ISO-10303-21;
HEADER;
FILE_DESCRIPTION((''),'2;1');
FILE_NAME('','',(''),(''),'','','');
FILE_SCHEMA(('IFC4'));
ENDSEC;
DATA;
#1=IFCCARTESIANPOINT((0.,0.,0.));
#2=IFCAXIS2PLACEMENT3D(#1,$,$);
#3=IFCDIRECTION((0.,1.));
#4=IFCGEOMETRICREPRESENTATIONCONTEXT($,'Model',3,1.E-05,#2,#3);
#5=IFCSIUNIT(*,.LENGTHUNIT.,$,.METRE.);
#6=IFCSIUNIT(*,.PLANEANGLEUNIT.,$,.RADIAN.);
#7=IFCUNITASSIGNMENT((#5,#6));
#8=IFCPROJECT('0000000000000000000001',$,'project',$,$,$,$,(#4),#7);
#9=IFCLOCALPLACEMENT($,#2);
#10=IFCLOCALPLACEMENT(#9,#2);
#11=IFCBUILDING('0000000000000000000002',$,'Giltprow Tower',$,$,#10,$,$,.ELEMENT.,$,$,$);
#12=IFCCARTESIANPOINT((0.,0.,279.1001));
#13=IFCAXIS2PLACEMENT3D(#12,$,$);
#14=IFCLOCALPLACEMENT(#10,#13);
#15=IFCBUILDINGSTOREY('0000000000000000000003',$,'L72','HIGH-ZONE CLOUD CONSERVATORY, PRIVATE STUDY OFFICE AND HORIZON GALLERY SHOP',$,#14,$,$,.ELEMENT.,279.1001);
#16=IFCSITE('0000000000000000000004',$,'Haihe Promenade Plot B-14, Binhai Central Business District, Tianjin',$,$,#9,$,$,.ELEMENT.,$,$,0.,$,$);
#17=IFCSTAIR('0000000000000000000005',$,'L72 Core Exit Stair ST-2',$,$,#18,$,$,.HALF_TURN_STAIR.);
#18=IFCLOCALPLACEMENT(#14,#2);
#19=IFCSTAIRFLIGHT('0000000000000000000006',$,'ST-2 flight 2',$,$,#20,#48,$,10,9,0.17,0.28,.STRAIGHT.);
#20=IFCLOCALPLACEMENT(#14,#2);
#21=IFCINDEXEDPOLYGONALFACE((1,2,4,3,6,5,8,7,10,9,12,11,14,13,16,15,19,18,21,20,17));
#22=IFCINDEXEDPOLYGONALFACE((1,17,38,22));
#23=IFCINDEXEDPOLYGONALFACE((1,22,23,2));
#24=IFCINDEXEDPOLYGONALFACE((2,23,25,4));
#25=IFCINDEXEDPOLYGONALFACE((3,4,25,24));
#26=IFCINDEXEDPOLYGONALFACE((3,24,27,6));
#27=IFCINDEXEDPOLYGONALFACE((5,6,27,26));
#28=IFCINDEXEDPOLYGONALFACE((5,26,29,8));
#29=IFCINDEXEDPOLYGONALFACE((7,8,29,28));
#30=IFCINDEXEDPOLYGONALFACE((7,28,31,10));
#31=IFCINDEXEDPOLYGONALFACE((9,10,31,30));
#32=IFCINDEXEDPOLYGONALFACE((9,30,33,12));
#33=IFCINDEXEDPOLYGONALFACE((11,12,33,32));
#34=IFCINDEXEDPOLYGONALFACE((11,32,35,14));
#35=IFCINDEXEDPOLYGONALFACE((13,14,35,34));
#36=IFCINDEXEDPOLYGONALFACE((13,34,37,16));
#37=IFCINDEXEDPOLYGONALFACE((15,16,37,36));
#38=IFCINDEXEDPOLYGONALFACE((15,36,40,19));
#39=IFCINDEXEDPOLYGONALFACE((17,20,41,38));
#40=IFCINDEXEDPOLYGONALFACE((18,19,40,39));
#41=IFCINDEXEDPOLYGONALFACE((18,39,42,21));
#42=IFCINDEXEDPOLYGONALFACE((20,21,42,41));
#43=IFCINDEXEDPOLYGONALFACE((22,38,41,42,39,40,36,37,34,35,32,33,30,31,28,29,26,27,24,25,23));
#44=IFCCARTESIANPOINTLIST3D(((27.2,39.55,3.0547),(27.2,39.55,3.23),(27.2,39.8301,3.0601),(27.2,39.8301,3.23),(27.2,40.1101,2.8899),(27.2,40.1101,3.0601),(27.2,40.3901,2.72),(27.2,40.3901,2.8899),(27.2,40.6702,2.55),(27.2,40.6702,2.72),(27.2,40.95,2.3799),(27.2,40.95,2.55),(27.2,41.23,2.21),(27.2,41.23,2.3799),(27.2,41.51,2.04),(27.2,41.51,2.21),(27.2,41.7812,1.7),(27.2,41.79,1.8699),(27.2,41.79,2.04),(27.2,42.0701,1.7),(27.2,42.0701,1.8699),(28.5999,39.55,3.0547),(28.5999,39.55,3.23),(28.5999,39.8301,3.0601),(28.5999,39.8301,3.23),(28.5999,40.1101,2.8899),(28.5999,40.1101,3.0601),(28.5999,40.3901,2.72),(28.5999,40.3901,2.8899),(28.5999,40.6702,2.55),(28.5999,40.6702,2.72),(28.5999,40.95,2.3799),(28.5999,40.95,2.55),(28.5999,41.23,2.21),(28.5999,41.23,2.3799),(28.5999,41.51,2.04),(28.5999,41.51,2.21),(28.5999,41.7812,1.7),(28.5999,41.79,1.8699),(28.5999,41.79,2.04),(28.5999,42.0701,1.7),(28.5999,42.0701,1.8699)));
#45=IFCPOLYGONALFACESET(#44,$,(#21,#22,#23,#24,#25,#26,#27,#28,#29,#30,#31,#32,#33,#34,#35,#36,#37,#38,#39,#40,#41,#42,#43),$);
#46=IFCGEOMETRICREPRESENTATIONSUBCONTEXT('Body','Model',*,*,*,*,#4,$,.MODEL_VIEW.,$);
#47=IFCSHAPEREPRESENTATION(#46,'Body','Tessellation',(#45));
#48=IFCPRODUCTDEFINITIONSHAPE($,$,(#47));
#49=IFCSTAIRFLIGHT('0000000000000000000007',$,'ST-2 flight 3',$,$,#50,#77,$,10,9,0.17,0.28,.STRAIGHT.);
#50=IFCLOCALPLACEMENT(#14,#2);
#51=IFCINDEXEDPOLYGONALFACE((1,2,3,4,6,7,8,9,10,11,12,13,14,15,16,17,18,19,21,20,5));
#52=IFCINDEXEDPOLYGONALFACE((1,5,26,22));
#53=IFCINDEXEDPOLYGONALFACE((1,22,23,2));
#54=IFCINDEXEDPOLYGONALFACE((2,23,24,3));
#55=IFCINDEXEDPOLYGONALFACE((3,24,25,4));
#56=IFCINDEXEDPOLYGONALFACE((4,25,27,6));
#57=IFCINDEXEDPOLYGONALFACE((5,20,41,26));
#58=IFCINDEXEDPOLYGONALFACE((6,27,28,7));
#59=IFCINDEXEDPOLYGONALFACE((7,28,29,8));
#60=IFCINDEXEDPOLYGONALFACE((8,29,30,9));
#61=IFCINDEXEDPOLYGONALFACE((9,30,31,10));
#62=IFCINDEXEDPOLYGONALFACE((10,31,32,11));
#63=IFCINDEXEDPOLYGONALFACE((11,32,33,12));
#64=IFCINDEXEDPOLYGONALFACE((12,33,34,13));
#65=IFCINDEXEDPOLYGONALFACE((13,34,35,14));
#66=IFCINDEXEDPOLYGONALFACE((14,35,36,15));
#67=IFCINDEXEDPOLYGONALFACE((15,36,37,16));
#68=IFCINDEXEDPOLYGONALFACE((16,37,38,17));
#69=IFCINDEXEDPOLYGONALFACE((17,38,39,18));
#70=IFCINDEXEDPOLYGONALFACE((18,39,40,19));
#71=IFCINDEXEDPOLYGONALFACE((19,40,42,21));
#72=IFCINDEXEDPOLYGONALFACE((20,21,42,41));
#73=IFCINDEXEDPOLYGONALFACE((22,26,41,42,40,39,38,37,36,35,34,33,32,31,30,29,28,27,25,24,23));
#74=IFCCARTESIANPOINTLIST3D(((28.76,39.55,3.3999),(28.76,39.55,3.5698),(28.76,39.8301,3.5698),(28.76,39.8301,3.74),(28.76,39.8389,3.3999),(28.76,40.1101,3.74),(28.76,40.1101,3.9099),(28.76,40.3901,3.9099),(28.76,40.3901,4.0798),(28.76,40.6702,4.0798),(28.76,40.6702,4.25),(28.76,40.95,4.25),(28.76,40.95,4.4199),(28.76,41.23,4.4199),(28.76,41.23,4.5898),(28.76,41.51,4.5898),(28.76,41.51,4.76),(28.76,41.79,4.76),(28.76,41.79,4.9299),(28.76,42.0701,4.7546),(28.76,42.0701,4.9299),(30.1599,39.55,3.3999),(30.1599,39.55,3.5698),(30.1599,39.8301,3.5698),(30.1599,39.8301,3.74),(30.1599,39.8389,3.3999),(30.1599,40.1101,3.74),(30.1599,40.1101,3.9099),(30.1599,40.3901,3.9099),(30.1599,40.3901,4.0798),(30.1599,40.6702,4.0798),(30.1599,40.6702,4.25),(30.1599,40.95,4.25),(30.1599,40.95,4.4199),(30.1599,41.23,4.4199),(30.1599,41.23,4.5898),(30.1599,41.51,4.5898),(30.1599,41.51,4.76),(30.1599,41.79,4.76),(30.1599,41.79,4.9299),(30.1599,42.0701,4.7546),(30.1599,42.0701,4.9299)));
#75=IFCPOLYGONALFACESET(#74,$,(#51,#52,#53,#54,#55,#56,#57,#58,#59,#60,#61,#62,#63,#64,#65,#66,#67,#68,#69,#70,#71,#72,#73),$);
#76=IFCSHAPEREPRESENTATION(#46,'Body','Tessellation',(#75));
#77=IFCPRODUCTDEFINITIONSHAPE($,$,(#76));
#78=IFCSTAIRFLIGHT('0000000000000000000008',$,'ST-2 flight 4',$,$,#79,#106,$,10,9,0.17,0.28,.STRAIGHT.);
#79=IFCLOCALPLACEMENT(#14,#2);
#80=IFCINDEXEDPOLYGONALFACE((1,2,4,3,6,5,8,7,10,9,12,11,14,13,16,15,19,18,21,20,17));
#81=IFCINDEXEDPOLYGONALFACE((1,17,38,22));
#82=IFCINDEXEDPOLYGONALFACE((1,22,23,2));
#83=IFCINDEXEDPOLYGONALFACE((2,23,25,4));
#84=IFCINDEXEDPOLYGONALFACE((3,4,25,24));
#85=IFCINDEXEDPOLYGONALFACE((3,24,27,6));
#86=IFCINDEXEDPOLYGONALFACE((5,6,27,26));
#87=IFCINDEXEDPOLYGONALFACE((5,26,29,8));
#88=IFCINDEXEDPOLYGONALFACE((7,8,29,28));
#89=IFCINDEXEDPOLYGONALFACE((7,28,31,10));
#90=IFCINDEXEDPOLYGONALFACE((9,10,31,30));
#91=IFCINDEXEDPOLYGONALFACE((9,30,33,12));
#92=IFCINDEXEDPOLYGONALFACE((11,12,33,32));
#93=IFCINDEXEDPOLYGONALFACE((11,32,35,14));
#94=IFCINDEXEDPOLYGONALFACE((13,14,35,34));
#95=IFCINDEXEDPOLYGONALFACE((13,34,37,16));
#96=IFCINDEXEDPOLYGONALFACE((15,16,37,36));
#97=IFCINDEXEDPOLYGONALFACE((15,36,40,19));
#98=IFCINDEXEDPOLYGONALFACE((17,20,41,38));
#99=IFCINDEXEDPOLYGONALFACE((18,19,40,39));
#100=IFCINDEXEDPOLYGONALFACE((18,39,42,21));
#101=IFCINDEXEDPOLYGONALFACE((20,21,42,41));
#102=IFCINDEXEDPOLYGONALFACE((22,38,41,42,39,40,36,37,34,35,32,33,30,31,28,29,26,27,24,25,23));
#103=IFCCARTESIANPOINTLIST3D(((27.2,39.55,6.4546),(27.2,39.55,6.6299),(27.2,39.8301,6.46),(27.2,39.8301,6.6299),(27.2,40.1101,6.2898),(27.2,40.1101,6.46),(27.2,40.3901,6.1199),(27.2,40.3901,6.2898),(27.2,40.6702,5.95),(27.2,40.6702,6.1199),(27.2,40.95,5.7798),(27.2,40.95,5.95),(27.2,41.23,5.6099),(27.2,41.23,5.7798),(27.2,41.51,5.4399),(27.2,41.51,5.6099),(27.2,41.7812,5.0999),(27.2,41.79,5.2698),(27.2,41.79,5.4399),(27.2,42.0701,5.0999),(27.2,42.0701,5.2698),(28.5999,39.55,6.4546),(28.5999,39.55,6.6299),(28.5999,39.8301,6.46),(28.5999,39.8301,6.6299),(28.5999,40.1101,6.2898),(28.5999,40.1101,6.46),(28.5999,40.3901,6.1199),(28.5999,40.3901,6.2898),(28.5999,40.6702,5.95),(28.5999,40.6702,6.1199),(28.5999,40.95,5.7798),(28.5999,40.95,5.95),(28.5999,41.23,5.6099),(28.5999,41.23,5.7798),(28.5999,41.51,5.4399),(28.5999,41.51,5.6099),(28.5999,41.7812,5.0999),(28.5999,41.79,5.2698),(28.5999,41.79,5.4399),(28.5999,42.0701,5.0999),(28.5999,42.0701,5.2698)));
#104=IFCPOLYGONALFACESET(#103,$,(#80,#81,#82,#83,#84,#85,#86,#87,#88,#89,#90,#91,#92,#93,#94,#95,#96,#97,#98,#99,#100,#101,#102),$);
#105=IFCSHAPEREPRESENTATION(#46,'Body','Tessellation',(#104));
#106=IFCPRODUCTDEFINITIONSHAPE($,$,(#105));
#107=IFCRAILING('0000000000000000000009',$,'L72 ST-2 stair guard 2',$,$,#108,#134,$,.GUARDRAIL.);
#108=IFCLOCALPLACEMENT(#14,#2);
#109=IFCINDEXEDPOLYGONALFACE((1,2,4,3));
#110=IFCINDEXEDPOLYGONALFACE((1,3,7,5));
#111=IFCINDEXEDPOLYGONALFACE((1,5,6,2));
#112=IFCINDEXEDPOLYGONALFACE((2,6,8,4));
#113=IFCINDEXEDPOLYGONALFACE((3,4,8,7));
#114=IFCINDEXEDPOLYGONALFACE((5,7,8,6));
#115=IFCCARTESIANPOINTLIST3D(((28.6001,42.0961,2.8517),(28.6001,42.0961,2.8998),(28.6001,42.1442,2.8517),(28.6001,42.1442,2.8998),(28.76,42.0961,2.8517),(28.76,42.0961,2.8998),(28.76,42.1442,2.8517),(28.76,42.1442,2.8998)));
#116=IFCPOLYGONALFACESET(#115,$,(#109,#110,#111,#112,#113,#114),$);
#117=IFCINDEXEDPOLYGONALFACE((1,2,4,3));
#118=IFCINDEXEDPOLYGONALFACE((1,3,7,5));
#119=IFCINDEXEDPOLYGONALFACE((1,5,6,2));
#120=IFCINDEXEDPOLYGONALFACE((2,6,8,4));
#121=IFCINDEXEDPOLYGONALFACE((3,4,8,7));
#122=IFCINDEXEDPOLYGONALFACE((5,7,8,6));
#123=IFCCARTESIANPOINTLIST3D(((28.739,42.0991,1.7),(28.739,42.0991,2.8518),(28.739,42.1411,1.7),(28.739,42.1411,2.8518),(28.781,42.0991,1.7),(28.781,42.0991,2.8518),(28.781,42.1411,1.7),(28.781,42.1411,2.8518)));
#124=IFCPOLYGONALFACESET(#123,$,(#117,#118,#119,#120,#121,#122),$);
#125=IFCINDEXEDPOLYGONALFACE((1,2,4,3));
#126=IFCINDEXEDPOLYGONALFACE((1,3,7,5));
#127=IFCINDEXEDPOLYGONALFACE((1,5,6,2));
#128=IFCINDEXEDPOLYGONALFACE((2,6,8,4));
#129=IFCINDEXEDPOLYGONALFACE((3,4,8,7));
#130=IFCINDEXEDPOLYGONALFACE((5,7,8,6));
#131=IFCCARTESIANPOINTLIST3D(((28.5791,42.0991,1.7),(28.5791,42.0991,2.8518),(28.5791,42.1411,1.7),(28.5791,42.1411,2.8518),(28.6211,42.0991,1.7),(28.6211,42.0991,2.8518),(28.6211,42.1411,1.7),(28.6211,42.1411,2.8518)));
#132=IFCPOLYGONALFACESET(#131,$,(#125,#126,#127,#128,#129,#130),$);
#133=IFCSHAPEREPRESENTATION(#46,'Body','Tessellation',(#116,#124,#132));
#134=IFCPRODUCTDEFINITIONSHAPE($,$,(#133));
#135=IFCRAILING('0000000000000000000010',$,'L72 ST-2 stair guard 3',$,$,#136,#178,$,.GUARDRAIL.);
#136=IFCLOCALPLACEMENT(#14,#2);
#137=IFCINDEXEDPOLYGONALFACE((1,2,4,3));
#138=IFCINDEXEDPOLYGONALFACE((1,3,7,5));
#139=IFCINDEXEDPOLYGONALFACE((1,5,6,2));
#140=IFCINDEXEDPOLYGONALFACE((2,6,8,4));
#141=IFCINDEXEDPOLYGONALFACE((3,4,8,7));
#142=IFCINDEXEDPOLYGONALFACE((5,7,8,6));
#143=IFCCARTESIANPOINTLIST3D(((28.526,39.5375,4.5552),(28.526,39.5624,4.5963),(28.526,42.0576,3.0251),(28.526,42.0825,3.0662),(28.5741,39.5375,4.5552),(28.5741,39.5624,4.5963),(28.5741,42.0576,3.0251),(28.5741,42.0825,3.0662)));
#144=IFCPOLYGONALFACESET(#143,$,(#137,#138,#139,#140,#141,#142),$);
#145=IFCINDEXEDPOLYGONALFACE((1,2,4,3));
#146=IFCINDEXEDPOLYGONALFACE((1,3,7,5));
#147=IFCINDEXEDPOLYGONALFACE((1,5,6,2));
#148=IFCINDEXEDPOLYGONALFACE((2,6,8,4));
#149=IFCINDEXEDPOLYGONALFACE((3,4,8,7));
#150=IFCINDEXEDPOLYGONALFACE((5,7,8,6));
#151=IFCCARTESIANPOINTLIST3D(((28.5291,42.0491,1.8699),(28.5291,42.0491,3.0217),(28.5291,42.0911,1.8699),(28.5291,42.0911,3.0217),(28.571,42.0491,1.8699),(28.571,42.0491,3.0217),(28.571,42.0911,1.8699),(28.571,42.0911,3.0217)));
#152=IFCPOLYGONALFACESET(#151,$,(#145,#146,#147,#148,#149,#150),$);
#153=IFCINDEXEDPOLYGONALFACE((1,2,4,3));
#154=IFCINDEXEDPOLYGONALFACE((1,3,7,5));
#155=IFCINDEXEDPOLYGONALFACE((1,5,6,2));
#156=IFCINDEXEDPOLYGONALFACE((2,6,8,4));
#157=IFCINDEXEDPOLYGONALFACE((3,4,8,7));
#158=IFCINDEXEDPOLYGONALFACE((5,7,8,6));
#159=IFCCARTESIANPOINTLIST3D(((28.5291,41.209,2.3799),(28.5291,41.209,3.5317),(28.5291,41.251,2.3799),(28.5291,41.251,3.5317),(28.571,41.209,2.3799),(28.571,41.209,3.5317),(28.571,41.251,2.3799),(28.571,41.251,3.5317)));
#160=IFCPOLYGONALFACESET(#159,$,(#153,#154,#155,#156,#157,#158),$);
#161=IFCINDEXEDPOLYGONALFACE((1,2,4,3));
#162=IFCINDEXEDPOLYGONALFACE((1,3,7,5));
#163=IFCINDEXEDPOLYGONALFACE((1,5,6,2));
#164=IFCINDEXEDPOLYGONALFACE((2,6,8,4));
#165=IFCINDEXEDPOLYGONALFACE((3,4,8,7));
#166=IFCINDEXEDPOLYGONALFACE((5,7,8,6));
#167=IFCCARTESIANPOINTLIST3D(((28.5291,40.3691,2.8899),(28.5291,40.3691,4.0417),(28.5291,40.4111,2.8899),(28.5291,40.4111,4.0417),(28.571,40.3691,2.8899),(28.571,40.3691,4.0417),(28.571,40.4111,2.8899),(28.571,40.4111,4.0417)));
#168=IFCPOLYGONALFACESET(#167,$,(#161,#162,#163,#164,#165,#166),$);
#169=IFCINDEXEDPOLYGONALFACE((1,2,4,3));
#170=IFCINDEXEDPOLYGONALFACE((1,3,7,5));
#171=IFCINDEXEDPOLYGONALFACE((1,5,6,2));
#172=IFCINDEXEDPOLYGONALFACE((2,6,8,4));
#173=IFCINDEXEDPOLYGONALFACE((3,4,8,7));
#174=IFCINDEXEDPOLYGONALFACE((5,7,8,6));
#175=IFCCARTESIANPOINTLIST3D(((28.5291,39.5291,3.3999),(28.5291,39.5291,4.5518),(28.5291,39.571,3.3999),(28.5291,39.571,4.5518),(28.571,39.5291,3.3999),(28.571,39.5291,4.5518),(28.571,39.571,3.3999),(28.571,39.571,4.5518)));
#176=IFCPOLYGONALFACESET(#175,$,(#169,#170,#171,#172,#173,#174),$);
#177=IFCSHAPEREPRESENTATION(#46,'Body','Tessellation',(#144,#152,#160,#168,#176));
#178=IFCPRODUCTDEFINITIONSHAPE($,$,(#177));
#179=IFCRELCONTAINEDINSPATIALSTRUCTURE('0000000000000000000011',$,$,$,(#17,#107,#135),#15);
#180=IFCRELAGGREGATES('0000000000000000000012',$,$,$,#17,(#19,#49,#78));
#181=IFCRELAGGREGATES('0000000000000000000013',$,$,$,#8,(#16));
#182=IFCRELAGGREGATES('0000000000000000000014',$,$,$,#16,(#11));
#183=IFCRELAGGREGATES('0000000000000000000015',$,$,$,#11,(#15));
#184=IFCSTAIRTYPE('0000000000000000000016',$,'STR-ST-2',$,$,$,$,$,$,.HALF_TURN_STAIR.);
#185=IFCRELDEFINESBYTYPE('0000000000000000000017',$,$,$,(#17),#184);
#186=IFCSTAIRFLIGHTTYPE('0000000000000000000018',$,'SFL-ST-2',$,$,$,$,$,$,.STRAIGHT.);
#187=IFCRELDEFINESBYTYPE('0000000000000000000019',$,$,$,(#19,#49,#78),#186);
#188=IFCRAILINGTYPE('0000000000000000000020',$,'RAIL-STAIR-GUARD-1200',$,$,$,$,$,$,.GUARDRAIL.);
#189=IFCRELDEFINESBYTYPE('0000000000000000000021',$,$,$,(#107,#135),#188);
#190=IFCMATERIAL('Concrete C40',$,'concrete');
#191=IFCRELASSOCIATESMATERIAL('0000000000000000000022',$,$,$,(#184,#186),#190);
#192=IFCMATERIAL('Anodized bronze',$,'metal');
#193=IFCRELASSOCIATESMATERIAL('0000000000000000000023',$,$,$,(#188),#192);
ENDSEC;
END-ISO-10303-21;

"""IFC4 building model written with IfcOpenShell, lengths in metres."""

from ifc_helpers import new_model, si_unit, direction, frame, origin, origin_2d, place, context, subcontext, project, spatial, polyline, rectangle, outline, extrude, material, type_object, element, aggregate, save


model = new_model("IFC4")

# Units and contexts
model_context = context("Model", 3, precision=1e-05, world=origin(), true_north=direction((0.0, 1.0)))
body_context = subcontext(model_context, "Body", "Model", "MODEL_VIEW")
ifc_project = project(units=[si_unit("LENGTHUNIT", "METRE"), si_unit("PLANEANGLEUNIT", "RADIAN")], contexts=[model_context])

# Site, building, storey
site_placement = place(None, origin())
site = spatial("IfcSite", under=ifc_project, at=site_placement, Name="Haihe Promenade Plot B-14, Binhai Central Business District, Tianjin", CompositionType="ELEMENT", RefElevation=0.0)
building_placement = place(site_placement, origin())
building = spatial("IfcBuilding", under=site, at=building_placement, Name="Giltprow Tower", CompositionType="ELEMENT")
storey_placement = place(building_placement, frame((0.0, 0.0, 279.1001)))
storey = spatial("IfcBuildingStorey", under=building, at=storey_placement, Name="L72", Description="HIGH-ZONE CLOUD CONSERVATORY, PRIVATE STUDY OFFICE AND HORIZON GALLERY SHOP", CompositionType="ELEMENT", Elevation=279.1001)

# Shared definitions
ifc_material_1 = material(Name="Concrete C40", Category="concrete")

# Stair, stair flights
stair_type = type_object("IfcStairType", Name="STR-ST-2", PredefinedType="HALF_TURN_STAIR", material=ifc_material_1)
stair_placement = place(storey_placement, origin())
stair = element("IfcStair", 1, at=stair_placement, inside=storey, type_object=stair_type, Name="L72 Core Exit Stair ST-2", PredefinedType="HALF_TURN_STAIR")
stair_flight_type = type_object("IfcStairFlightType", Name="SFL-ST-2", PredefinedType="STRAIGHT", material=ifc_material_1)
stair_flight_1_placement = place(storey_placement, frame((27.8999, 42.0701, 1.7), z_axis=(0.0, 0.0, 1.0), x_axis=(0.0, -1.0, 0.0)))
stair_flight_1 = element("IfcStairFlight", 2, at=stair_flight_1_placement, type_object=stair_flight_type, Name="ST-2 flight 2", NumberOfRisers=10, NumberOfTreads=9, PredefinedType="STRAIGHT", RiserHeight=0.17, TreadLength=0.28, context=body_context, shape_type="SweptSolid", body=[
    extrude(outline(polyline([(0.0, 0.0), (0.0, 0.1699), (0.28, 0.1699), (0.28, 0.3401), (0.5601, 0.3401), (0.5601, 0.51), (0.8401, 0.51), (0.8401, 0.6799), (1.1201, 0.6799), (1.1201, 0.8501), (1.3999, 0.8501), (1.3999, 1.02), (1.6799, 1.02), (1.6799, 1.1899), (1.96, 1.1899), (1.96, 1.3601), (2.24, 1.3601), (2.24, 1.53), (2.52, 1.53), (2.52, 1.7), (2.52, 1.3547), (0.2888, 0.0), (0.0, 0.0)])), frame((0.0, 0.7, 0.0), z_axis=(0.0, -1.0, 0.0), x_axis=(1.0, 0.0, 0.0)), (0.0, 0.0, 1.0), 1.3999),
])
stair_flight_2_placement = place(storey_placement, frame((29.46, 39.55, 3.3999), z_axis=(0.0, 0.0, 1.0), x_axis=(0.0, 1.0, 0.0)))
stair_flight_2 = element("IfcStairFlight", 3, at=stair_flight_2_placement, type_object=stair_flight_type, Name="ST-2 flight 3", NumberOfRisers=10, NumberOfTreads=9, PredefinedType="STRAIGHT", RiserHeight=0.17, TreadLength=0.28, context=body_context, shape_type="SweptSolid", body=[
    extrude(outline(polyline([(0.0, 0.0), (0.0, 0.1699), (0.28, 0.1699), (0.28, 0.3401), (0.5601, 0.3401), (0.5601, 0.51), (0.8401, 0.51), (0.8401, 0.6799), (1.1201, 0.6799), (1.1201, 0.8501), (1.3999, 0.8501), (1.3999, 1.02), (1.6799, 1.02), (1.6799, 1.1899), (1.96, 1.1899), (1.96, 1.3601), (2.24, 1.3601), (2.24, 1.53), (2.52, 1.53), (2.52, 1.7), (2.52, 1.3547), (0.2888, 0.0), (0.0, 0.0)])), frame((0.0, 0.7, 0.0), z_axis=(0.0, -1.0, 0.0), x_axis=(1.0, 0.0, 0.0)), (0.0, 0.0, 1.0), 1.3999),
])
stair_flight_3_placement = place(storey_placement, frame((27.8999, 42.0701, 5.0999), z_axis=(0.0, 0.0, 1.0), x_axis=(0.0, -1.0, 0.0)))
stair_flight_3 = element("IfcStairFlight", 4, at=stair_flight_3_placement, type_object=stair_flight_type, Name="ST-2 flight 4", NumberOfRisers=10, NumberOfTreads=9, PredefinedType="STRAIGHT", RiserHeight=0.17, TreadLength=0.28, context=body_context, shape_type="SweptSolid", body=[
    extrude(outline(polyline([(0.0, 0.0), (0.0, 0.1699), (0.28, 0.1699), (0.28, 0.3401), (0.5601, 0.3401), (0.5601, 0.51), (0.8401, 0.51), (0.8401, 0.6799), (1.1201, 0.6799), (1.1201, 0.8501), (1.3999, 0.8501), (1.3999, 1.02), (1.6799, 1.02), (1.6799, 1.1899), (1.96, 1.1899), (1.96, 1.3601), (2.24, 1.3601), (2.24, 1.53), (2.52, 1.53), (2.52, 1.7), (2.52, 1.3547), (0.2888, 0.0), (0.0, 0.0)])), frame((0.0, 0.7, 0.0), z_axis=(0.0, -1.0, 0.0), x_axis=(1.0, 0.0, 0.0)), (0.0, 0.0, 1.0), 1.3999),
])
aggregate(stair, [stair_flight_1, stair_flight_2, stair_flight_3])

# Railings
ifc_material_2 = material(Name="Anodized bronze", Category="metal")
railing_type_1 = type_object("IfcRailingType", Name="RAIL-STAIR-GUARD-1200", PredefinedType="GUARDRAIL", material=ifc_material_2)
railing_1_placement = place(storey_placement, frame((28.76, 42.1201, 1.7)))
element("IfcRailing", 5, at=railing_1_placement, inside=storey, type_object=railing_type_1, Name="L72 ST-2 stair guard 2", PredefinedType="GUARDRAIL", context=body_context, shape_type="SweptSolid", body=[
    extrude(rectangle(XDim=0.0481, YDim=0.0481, at=origin_2d()), frame((0.0, 0.0, 1.1758), z_axis=(-1.0, 0.0, 0.0), x_axis=(0.0, -1.0, 0.0)), (0.0, 0.0, 1.0), 0.1599),
    extrude(rectangle(XDim=0.042, YDim=0.042, at=origin_2d()), origin(), (0.0, 0.0, 1.0), 1.1519),
    extrude(rectangle(XDim=0.042, YDim=0.042, at=origin_2d()), frame((-0.1599, 0.0, 0.0)), (0.0, 0.0, 1.0), 1.1519),
])
railing_2_placement = place(storey_placement, frame((28.55, 42.0701, 1.8699)))
element("IfcRailing", 6, at=railing_2_placement, inside=storey, type_object=railing_type_1, Name="L72 ST-2 stair guard 3", PredefinedType="GUARDRAIL", context=body_context, shape_type="SweptSolid", body=[
    extrude(rectangle(XDim=0.0481, YDim=0.0481, at=origin_2d()), frame((0.0, 0.0, 1.1758), z_axis=(0.0, -0.854785, 0.518982), x_axis=(1.0, 0.0, 0.0)), (0.0, 0.0, 1.0), 2.9482),
    extrude(rectangle(XDim=0.042, YDim=0.042, at=origin_2d()), origin(), (0.0, 0.0, 1.0), 1.1519),
    extrude(rectangle(XDim=0.042, YDim=0.042, at=origin_2d()), frame((0.0, -0.8401, 0.51)), (0.0, 0.0, 1.0), 1.1519),
    extrude(rectangle(XDim=0.042, YDim=0.042, at=origin_2d()), frame((0.0, -1.6799, 1.02)), (0.0, 0.0, 1.0), 1.1519),
    extrude(rectangle(XDim=0.042, YDim=0.042, at=origin_2d()), frame((0.0, -2.52, 1.53)), (0.0, 0.0, 1.0), 1.1519),
])

save(model, "model.ifc")
